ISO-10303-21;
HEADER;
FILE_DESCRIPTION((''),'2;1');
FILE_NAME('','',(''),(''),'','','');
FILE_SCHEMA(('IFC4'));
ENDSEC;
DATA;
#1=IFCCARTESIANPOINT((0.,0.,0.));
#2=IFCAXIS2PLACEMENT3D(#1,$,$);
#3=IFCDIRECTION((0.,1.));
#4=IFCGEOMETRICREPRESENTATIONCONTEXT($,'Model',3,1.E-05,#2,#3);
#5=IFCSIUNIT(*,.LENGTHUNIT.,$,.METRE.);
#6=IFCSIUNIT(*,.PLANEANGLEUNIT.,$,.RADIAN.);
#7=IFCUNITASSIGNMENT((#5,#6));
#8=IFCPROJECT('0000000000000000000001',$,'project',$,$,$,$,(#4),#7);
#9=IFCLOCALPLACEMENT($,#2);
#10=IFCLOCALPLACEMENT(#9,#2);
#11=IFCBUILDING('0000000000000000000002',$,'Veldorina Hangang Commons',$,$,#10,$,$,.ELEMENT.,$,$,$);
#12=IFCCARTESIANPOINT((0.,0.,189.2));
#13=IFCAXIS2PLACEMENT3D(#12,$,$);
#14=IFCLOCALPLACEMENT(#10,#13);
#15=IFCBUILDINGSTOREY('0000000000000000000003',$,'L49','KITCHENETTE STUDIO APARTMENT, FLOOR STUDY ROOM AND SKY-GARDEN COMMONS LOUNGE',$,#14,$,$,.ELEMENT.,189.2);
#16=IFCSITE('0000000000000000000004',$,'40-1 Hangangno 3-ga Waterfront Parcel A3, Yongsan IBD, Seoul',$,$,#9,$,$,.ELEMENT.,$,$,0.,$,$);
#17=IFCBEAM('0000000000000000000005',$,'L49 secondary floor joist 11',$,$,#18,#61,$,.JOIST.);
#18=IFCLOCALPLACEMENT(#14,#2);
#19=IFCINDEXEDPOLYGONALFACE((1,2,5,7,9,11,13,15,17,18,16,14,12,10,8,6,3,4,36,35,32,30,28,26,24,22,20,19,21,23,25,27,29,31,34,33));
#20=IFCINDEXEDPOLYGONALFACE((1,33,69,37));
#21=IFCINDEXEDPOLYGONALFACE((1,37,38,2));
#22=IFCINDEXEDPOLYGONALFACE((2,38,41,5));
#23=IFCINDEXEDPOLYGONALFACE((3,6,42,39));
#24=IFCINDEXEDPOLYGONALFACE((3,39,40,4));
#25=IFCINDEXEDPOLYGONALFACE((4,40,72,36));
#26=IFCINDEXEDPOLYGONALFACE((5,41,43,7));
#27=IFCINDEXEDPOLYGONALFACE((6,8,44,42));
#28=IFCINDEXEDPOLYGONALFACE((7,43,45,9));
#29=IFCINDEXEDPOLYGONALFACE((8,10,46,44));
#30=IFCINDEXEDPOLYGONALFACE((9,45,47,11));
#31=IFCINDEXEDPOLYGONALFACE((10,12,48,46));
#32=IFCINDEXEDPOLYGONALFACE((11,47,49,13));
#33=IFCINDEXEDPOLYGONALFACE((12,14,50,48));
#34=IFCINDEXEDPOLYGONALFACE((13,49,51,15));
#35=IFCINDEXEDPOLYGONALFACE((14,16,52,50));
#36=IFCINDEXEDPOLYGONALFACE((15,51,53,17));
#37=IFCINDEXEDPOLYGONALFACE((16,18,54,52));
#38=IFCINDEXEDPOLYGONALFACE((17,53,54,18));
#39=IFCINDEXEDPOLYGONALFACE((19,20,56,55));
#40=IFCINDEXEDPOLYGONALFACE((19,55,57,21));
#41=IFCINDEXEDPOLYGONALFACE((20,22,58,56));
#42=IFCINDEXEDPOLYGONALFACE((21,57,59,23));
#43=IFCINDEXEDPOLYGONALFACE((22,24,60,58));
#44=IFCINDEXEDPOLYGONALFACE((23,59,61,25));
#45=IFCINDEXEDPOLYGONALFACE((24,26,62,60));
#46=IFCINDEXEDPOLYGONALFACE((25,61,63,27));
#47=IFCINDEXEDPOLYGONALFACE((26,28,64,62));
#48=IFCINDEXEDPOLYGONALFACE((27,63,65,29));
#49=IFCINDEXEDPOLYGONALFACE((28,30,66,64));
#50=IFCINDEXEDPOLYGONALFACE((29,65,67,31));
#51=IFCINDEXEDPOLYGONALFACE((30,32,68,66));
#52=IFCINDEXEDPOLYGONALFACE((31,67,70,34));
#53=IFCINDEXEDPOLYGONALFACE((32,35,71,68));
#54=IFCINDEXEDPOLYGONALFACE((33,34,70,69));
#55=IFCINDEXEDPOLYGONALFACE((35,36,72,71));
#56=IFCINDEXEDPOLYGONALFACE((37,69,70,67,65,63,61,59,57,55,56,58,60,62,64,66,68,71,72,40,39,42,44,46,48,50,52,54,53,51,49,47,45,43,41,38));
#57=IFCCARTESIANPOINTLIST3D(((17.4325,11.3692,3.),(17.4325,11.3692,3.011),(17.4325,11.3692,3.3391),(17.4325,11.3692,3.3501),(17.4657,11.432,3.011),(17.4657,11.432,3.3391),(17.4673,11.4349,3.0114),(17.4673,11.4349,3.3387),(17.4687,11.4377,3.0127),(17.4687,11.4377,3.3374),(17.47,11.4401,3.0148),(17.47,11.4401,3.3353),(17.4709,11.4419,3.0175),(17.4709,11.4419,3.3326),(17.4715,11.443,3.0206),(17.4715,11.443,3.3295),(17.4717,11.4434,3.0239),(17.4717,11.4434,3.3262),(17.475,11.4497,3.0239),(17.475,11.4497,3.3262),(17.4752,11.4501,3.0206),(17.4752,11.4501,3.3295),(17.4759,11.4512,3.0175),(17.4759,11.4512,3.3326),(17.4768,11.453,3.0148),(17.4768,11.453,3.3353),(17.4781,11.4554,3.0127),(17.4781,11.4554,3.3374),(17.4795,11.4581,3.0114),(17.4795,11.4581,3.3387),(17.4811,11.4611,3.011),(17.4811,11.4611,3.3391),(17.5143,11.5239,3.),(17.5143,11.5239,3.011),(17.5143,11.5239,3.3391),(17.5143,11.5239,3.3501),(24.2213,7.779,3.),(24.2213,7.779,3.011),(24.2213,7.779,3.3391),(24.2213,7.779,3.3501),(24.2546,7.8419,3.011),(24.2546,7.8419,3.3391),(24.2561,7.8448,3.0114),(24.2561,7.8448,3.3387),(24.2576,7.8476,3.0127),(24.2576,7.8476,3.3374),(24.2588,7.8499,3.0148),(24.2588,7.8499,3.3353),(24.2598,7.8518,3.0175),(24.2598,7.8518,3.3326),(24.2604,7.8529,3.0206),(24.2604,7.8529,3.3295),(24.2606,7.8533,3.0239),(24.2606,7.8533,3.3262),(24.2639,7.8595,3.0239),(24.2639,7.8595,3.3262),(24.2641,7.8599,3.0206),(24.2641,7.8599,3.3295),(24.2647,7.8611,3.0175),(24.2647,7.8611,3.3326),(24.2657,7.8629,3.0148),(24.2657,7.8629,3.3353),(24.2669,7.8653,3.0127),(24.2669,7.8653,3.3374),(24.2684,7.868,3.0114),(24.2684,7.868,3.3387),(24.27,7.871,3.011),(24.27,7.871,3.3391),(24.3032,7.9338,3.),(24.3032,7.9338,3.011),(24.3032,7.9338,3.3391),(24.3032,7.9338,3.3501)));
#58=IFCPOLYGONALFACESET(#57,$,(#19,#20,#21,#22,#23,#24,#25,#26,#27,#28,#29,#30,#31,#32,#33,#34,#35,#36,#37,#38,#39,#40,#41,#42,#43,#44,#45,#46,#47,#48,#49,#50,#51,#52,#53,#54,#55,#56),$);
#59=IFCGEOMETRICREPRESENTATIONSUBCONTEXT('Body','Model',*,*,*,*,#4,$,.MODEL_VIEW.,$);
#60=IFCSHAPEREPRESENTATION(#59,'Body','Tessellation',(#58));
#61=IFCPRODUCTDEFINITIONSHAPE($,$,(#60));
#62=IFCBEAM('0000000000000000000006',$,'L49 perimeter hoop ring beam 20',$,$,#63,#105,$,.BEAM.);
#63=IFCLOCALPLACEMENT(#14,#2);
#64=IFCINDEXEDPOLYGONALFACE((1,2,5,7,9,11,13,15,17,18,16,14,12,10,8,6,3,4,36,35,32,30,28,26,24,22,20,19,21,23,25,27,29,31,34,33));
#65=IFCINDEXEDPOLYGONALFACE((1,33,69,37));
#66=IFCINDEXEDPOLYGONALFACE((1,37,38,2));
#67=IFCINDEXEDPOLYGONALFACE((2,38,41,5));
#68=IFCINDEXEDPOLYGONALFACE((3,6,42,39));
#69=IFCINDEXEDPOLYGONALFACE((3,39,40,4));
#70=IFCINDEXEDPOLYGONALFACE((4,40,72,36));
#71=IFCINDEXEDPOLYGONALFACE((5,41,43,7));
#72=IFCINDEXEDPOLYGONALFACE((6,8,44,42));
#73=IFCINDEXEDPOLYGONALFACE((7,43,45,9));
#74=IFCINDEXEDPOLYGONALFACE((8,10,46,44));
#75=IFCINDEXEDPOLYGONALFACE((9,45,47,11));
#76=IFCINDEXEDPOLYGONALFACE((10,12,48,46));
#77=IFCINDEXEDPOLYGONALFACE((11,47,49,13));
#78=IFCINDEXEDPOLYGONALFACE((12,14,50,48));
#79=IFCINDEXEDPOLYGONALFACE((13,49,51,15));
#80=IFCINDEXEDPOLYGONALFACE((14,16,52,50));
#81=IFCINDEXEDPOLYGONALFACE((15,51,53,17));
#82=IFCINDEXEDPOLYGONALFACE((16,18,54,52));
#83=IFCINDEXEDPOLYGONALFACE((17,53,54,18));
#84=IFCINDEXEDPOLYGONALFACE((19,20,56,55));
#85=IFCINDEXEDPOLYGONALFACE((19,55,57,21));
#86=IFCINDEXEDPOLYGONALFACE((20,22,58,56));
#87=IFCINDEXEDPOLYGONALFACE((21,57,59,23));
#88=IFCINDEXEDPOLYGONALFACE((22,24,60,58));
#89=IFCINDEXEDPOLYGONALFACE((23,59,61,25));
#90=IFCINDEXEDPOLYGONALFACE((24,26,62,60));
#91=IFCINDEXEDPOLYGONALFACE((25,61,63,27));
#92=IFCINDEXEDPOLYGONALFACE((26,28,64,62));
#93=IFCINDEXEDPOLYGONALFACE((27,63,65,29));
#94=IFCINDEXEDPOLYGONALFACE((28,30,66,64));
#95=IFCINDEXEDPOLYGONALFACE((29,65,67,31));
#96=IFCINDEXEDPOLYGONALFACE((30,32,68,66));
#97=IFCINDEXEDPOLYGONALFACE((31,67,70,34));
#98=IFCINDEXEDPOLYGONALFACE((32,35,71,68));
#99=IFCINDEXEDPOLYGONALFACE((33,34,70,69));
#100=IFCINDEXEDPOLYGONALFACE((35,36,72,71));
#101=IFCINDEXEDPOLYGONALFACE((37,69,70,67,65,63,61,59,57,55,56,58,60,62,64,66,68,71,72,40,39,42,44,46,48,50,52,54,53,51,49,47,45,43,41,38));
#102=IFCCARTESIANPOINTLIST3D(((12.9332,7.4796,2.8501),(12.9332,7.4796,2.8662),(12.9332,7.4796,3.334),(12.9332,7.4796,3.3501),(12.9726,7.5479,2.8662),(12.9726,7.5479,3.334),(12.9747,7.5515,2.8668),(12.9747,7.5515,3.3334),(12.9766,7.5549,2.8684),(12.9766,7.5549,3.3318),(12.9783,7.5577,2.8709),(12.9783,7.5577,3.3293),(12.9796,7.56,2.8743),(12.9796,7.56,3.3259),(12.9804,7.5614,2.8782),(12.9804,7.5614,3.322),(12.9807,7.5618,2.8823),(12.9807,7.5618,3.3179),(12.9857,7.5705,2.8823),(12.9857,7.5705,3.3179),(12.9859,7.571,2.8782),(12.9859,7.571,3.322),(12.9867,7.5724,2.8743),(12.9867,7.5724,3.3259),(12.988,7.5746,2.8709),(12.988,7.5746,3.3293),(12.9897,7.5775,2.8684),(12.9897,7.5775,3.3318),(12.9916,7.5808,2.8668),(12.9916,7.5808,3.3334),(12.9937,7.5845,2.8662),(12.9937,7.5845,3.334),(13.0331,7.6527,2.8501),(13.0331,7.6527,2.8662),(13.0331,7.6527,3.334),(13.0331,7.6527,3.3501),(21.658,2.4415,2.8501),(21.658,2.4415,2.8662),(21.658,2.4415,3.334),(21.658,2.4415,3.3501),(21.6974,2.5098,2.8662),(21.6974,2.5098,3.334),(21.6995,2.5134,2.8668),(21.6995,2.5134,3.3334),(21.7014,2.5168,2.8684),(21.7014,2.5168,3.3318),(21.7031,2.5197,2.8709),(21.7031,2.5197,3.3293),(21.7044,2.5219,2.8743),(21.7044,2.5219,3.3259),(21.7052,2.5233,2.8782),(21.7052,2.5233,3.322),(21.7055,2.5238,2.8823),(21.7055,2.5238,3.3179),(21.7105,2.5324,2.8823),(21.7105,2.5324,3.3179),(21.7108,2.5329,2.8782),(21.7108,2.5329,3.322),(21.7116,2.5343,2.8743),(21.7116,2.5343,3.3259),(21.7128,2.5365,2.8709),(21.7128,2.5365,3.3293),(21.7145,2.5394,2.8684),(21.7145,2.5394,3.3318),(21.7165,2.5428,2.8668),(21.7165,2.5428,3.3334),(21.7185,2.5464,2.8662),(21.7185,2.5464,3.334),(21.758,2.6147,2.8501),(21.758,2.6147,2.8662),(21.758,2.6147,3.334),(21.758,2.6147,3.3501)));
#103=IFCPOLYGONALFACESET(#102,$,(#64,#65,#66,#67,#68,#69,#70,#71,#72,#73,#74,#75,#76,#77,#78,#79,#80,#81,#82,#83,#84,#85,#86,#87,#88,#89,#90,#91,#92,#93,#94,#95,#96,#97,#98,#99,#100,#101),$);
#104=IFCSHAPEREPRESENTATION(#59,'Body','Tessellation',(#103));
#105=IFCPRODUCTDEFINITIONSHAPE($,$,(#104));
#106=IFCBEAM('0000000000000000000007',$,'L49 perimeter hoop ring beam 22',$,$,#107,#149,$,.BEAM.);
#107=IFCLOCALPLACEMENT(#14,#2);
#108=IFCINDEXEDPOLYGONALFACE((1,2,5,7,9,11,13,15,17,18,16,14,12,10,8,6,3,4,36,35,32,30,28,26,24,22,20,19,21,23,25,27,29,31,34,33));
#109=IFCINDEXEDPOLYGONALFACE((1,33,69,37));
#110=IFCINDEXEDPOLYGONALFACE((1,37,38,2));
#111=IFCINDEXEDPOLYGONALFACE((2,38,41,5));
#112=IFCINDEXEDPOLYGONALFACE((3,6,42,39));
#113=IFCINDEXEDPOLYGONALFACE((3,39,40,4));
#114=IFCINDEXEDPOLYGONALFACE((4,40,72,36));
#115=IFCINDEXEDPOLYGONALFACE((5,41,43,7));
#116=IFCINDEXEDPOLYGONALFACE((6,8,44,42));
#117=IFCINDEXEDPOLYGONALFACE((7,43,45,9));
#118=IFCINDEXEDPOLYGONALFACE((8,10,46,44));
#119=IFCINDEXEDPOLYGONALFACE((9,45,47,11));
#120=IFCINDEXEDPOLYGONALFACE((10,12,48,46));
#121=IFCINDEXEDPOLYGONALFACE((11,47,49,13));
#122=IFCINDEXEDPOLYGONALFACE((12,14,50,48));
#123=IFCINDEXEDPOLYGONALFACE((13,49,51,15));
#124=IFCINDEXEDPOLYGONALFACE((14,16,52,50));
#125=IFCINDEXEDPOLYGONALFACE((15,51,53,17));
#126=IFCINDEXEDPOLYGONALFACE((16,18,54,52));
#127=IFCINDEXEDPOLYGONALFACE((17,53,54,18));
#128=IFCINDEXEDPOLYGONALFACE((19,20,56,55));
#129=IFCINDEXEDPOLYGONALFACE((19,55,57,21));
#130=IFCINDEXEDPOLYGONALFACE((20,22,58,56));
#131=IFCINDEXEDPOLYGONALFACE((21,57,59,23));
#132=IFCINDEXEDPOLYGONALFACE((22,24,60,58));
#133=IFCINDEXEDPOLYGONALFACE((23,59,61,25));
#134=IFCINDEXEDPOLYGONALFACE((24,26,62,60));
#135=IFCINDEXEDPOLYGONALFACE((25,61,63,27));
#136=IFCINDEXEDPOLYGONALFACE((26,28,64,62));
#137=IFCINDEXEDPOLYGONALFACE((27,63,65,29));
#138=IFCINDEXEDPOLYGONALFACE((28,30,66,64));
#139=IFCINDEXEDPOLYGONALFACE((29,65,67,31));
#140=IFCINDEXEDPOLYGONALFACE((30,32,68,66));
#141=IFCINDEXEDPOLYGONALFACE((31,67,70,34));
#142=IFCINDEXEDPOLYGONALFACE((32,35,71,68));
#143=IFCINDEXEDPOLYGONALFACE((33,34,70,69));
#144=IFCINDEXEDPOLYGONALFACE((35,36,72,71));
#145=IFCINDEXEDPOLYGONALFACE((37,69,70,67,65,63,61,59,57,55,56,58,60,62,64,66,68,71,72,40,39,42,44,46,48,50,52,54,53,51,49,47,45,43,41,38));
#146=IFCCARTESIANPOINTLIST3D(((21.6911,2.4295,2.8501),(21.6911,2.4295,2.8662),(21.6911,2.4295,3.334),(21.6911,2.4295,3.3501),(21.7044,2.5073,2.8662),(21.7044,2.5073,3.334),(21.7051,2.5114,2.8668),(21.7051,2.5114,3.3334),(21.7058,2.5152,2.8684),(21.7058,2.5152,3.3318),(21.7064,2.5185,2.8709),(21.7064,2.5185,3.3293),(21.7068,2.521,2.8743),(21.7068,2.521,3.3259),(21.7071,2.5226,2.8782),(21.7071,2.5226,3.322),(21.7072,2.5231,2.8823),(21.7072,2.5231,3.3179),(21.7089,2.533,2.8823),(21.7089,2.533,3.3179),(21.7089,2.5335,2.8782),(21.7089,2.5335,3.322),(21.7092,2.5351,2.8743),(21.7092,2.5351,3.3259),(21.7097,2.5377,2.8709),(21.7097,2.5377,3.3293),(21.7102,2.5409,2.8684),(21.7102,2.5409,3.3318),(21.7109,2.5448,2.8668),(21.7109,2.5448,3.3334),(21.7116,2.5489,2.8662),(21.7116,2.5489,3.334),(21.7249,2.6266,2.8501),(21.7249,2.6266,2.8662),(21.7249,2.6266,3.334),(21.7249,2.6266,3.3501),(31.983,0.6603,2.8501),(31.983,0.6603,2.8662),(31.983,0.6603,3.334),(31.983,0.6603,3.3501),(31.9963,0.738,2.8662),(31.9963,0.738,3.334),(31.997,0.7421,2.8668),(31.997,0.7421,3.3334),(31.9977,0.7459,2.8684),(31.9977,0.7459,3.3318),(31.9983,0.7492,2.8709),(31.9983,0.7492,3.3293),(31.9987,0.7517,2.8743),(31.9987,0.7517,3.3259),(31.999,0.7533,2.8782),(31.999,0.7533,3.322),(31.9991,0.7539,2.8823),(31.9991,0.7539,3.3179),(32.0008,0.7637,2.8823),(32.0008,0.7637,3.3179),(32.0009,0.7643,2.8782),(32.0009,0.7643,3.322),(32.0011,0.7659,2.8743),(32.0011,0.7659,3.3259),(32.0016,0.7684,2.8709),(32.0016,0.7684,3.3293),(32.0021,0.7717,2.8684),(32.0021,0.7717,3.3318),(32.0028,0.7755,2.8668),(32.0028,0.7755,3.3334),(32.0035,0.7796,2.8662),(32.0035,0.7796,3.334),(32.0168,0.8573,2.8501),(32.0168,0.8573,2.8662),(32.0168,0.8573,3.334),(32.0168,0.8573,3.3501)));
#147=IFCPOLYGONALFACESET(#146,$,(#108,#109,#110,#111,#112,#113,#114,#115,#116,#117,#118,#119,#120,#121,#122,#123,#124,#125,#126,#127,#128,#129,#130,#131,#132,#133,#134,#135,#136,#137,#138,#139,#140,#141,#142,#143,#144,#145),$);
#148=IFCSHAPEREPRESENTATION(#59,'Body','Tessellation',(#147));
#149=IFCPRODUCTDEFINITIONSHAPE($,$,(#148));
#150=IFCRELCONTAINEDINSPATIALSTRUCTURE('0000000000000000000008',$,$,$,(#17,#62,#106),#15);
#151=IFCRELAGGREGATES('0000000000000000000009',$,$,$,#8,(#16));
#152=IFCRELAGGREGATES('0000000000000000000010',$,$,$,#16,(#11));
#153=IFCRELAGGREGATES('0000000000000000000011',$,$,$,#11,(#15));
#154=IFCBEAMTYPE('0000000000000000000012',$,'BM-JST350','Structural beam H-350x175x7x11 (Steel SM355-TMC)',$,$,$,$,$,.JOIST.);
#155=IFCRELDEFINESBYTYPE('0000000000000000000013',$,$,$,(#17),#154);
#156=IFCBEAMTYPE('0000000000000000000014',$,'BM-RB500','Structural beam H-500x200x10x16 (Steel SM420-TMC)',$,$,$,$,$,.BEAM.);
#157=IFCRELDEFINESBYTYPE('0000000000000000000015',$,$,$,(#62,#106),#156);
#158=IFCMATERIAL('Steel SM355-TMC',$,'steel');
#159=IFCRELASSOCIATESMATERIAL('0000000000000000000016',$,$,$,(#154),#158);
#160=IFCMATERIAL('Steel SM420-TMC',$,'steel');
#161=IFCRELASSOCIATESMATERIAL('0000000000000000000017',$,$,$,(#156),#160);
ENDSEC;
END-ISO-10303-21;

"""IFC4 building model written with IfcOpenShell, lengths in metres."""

from ifc_helpers import new_model, si_unit, direction, frame, origin, origin_2d, place, context, subcontext, project, spatial, i_section, extrude, material, material_profile, profile_set, type_object, element, save


model = new_model("IFC4")

# Units and contexts
model_context = context("Model", 3, precision=1e-05, world=origin(), true_north=direction((0.0, 1.0)))
body_context = subcontext(model_context, "Body", "Model", "MODEL_VIEW")
ifc_project = project(units=[si_unit("LENGTHUNIT", "METRE"), si_unit("PLANEANGLEUNIT", "RADIAN")], contexts=[model_context])

# Site, building, storey
site_placement = place(None, origin())
site = spatial("IfcSite", under=ifc_project, at=site_placement, Name="40-1 Hangangno 3-ga Waterfront Parcel A3, Yongsan IBD, Seoul", CompositionType="ELEMENT", RefElevation=0.0)
building_placement = place(site_placement, origin())
building = spatial("IfcBuilding", under=site, at=building_placement, Name="Veldorina Hangang Commons", CompositionType="ELEMENT")
storey_placement = place(building_placement, frame((0.0, 0.0, 189.2)))
storey = spatial("IfcBuildingStorey", under=building, at=storey_placement, Name="L49", Description="KITCHENETTE STUDIO APARTMENT, FLOOR STUDY ROOM AND SKY-GARDEN COMMONS LOUNGE", CompositionType="ELEMENT", Elevation=189.2)

# Beams
ifc_material_1 = material(Name="Steel SM355-TMC", Category="steel")
ifc_material_profile_1 = material_profile(ifc_material_1, i_section(OverallWidth=0.175, OverallDepth=0.3501, WebThickness=0.0071, FlangeThickness=0.011, FilletRadius=0.0129, at=origin_2d()), Name="H-350x175x7x11")
ifc_profile_set_1 = profile_set([ifc_material_profile_1], Name="Steel SM355-TMC")
beam_type_1 = type_object("IfcBeamType", Name="BM-JST350", Description="Structural beam H-350x175x7x11 (Steel SM355-TMC)", PredefinedType="JOIST", material=ifc_profile_set_1)
beam_1_placement = place(storey_placement, frame((17.4734, 11.4465, 3.175), z_axis=(0.884003, -0.467482, 0.0), x_axis=(0.467482, 0.884003, 0.0)))
element("IfcBeam", 1, at=beam_1_placement, inside=storey, type_object=beam_type_1, Name="L49 secondary floor joist 11", PredefinedType="JOIST", context=body_context, shape_type="SweptSolid", body=[
    extrude(i_section(OverallWidth=0.175, OverallDepth=0.3501, WebThickness=0.0071, FlangeThickness=0.011, FilletRadius=0.0129, at=origin_2d()), origin(), (0.0, 0.0, 1.0), 7.6797),
])
ifc_material_2 = material(Name="Steel SM420-TMC", Category="steel")
ifc_material_profile_2 = material_profile(ifc_material_2, i_section(OverallWidth=0.2, OverallDepth=0.5, WebThickness=0.01, FlangeThickness=0.0161, FilletRadius=0.0161, at=origin_2d()), Name="H-500x200x10x16")
ifc_profile_set_2 = profile_set([ifc_material_profile_2], Name="Steel SM420-TMC")
beam_type_2 = type_object("IfcBeamType", Name="BM-RB500", Description="Structural beam H-500x200x10x16 (Steel SM420-TMC)", PredefinedType="BEAM", material=ifc_profile_set_2)
beam_2_placement = place(storey_placement, frame((12.9832, 7.5662, 3.1001), z_axis=(0.865991, -0.500059, 0.0), x_axis=(0.500059, 0.865991, 0.0)))
element("IfcBeam", 2, at=beam_2_placement, inside=storey, type_object=beam_type_2, Name="L49 perimeter hoop ring beam 20", PredefinedType="BEAM", context=body_context, shape_type="SweptSolid", body=[
    extrude(i_section(OverallWidth=0.2, OverallDepth=0.5, WebThickness=0.01, FlangeThickness=0.0161, FilletRadius=0.0161, at=origin_2d()), origin(), (0.0, 0.0, 1.0), 10.075),
])
beam_3_placement = place(storey_placement, frame((21.708, 2.5281, 3.1001), z_axis=(0.985543, -0.169424, 0.0), x_axis=(0.169424, 0.985543, 0.0)))
element("IfcBeam", 3, at=beam_3_placement, inside=storey, type_object=beam_type_2, Name="L49 perimeter hoop ring beam 22", PredefinedType="BEAM", context=body_context, shape_type="SweptSolid", body=[
    extrude(i_section(OverallWidth=0.2, OverallDepth=0.5, WebThickness=0.01, FlangeThickness=0.0161, FilletRadius=0.0161, at=origin_2d()), origin(), (0.0, 0.0, 1.0), 10.4429),
])

save(model, "model.ifc")
